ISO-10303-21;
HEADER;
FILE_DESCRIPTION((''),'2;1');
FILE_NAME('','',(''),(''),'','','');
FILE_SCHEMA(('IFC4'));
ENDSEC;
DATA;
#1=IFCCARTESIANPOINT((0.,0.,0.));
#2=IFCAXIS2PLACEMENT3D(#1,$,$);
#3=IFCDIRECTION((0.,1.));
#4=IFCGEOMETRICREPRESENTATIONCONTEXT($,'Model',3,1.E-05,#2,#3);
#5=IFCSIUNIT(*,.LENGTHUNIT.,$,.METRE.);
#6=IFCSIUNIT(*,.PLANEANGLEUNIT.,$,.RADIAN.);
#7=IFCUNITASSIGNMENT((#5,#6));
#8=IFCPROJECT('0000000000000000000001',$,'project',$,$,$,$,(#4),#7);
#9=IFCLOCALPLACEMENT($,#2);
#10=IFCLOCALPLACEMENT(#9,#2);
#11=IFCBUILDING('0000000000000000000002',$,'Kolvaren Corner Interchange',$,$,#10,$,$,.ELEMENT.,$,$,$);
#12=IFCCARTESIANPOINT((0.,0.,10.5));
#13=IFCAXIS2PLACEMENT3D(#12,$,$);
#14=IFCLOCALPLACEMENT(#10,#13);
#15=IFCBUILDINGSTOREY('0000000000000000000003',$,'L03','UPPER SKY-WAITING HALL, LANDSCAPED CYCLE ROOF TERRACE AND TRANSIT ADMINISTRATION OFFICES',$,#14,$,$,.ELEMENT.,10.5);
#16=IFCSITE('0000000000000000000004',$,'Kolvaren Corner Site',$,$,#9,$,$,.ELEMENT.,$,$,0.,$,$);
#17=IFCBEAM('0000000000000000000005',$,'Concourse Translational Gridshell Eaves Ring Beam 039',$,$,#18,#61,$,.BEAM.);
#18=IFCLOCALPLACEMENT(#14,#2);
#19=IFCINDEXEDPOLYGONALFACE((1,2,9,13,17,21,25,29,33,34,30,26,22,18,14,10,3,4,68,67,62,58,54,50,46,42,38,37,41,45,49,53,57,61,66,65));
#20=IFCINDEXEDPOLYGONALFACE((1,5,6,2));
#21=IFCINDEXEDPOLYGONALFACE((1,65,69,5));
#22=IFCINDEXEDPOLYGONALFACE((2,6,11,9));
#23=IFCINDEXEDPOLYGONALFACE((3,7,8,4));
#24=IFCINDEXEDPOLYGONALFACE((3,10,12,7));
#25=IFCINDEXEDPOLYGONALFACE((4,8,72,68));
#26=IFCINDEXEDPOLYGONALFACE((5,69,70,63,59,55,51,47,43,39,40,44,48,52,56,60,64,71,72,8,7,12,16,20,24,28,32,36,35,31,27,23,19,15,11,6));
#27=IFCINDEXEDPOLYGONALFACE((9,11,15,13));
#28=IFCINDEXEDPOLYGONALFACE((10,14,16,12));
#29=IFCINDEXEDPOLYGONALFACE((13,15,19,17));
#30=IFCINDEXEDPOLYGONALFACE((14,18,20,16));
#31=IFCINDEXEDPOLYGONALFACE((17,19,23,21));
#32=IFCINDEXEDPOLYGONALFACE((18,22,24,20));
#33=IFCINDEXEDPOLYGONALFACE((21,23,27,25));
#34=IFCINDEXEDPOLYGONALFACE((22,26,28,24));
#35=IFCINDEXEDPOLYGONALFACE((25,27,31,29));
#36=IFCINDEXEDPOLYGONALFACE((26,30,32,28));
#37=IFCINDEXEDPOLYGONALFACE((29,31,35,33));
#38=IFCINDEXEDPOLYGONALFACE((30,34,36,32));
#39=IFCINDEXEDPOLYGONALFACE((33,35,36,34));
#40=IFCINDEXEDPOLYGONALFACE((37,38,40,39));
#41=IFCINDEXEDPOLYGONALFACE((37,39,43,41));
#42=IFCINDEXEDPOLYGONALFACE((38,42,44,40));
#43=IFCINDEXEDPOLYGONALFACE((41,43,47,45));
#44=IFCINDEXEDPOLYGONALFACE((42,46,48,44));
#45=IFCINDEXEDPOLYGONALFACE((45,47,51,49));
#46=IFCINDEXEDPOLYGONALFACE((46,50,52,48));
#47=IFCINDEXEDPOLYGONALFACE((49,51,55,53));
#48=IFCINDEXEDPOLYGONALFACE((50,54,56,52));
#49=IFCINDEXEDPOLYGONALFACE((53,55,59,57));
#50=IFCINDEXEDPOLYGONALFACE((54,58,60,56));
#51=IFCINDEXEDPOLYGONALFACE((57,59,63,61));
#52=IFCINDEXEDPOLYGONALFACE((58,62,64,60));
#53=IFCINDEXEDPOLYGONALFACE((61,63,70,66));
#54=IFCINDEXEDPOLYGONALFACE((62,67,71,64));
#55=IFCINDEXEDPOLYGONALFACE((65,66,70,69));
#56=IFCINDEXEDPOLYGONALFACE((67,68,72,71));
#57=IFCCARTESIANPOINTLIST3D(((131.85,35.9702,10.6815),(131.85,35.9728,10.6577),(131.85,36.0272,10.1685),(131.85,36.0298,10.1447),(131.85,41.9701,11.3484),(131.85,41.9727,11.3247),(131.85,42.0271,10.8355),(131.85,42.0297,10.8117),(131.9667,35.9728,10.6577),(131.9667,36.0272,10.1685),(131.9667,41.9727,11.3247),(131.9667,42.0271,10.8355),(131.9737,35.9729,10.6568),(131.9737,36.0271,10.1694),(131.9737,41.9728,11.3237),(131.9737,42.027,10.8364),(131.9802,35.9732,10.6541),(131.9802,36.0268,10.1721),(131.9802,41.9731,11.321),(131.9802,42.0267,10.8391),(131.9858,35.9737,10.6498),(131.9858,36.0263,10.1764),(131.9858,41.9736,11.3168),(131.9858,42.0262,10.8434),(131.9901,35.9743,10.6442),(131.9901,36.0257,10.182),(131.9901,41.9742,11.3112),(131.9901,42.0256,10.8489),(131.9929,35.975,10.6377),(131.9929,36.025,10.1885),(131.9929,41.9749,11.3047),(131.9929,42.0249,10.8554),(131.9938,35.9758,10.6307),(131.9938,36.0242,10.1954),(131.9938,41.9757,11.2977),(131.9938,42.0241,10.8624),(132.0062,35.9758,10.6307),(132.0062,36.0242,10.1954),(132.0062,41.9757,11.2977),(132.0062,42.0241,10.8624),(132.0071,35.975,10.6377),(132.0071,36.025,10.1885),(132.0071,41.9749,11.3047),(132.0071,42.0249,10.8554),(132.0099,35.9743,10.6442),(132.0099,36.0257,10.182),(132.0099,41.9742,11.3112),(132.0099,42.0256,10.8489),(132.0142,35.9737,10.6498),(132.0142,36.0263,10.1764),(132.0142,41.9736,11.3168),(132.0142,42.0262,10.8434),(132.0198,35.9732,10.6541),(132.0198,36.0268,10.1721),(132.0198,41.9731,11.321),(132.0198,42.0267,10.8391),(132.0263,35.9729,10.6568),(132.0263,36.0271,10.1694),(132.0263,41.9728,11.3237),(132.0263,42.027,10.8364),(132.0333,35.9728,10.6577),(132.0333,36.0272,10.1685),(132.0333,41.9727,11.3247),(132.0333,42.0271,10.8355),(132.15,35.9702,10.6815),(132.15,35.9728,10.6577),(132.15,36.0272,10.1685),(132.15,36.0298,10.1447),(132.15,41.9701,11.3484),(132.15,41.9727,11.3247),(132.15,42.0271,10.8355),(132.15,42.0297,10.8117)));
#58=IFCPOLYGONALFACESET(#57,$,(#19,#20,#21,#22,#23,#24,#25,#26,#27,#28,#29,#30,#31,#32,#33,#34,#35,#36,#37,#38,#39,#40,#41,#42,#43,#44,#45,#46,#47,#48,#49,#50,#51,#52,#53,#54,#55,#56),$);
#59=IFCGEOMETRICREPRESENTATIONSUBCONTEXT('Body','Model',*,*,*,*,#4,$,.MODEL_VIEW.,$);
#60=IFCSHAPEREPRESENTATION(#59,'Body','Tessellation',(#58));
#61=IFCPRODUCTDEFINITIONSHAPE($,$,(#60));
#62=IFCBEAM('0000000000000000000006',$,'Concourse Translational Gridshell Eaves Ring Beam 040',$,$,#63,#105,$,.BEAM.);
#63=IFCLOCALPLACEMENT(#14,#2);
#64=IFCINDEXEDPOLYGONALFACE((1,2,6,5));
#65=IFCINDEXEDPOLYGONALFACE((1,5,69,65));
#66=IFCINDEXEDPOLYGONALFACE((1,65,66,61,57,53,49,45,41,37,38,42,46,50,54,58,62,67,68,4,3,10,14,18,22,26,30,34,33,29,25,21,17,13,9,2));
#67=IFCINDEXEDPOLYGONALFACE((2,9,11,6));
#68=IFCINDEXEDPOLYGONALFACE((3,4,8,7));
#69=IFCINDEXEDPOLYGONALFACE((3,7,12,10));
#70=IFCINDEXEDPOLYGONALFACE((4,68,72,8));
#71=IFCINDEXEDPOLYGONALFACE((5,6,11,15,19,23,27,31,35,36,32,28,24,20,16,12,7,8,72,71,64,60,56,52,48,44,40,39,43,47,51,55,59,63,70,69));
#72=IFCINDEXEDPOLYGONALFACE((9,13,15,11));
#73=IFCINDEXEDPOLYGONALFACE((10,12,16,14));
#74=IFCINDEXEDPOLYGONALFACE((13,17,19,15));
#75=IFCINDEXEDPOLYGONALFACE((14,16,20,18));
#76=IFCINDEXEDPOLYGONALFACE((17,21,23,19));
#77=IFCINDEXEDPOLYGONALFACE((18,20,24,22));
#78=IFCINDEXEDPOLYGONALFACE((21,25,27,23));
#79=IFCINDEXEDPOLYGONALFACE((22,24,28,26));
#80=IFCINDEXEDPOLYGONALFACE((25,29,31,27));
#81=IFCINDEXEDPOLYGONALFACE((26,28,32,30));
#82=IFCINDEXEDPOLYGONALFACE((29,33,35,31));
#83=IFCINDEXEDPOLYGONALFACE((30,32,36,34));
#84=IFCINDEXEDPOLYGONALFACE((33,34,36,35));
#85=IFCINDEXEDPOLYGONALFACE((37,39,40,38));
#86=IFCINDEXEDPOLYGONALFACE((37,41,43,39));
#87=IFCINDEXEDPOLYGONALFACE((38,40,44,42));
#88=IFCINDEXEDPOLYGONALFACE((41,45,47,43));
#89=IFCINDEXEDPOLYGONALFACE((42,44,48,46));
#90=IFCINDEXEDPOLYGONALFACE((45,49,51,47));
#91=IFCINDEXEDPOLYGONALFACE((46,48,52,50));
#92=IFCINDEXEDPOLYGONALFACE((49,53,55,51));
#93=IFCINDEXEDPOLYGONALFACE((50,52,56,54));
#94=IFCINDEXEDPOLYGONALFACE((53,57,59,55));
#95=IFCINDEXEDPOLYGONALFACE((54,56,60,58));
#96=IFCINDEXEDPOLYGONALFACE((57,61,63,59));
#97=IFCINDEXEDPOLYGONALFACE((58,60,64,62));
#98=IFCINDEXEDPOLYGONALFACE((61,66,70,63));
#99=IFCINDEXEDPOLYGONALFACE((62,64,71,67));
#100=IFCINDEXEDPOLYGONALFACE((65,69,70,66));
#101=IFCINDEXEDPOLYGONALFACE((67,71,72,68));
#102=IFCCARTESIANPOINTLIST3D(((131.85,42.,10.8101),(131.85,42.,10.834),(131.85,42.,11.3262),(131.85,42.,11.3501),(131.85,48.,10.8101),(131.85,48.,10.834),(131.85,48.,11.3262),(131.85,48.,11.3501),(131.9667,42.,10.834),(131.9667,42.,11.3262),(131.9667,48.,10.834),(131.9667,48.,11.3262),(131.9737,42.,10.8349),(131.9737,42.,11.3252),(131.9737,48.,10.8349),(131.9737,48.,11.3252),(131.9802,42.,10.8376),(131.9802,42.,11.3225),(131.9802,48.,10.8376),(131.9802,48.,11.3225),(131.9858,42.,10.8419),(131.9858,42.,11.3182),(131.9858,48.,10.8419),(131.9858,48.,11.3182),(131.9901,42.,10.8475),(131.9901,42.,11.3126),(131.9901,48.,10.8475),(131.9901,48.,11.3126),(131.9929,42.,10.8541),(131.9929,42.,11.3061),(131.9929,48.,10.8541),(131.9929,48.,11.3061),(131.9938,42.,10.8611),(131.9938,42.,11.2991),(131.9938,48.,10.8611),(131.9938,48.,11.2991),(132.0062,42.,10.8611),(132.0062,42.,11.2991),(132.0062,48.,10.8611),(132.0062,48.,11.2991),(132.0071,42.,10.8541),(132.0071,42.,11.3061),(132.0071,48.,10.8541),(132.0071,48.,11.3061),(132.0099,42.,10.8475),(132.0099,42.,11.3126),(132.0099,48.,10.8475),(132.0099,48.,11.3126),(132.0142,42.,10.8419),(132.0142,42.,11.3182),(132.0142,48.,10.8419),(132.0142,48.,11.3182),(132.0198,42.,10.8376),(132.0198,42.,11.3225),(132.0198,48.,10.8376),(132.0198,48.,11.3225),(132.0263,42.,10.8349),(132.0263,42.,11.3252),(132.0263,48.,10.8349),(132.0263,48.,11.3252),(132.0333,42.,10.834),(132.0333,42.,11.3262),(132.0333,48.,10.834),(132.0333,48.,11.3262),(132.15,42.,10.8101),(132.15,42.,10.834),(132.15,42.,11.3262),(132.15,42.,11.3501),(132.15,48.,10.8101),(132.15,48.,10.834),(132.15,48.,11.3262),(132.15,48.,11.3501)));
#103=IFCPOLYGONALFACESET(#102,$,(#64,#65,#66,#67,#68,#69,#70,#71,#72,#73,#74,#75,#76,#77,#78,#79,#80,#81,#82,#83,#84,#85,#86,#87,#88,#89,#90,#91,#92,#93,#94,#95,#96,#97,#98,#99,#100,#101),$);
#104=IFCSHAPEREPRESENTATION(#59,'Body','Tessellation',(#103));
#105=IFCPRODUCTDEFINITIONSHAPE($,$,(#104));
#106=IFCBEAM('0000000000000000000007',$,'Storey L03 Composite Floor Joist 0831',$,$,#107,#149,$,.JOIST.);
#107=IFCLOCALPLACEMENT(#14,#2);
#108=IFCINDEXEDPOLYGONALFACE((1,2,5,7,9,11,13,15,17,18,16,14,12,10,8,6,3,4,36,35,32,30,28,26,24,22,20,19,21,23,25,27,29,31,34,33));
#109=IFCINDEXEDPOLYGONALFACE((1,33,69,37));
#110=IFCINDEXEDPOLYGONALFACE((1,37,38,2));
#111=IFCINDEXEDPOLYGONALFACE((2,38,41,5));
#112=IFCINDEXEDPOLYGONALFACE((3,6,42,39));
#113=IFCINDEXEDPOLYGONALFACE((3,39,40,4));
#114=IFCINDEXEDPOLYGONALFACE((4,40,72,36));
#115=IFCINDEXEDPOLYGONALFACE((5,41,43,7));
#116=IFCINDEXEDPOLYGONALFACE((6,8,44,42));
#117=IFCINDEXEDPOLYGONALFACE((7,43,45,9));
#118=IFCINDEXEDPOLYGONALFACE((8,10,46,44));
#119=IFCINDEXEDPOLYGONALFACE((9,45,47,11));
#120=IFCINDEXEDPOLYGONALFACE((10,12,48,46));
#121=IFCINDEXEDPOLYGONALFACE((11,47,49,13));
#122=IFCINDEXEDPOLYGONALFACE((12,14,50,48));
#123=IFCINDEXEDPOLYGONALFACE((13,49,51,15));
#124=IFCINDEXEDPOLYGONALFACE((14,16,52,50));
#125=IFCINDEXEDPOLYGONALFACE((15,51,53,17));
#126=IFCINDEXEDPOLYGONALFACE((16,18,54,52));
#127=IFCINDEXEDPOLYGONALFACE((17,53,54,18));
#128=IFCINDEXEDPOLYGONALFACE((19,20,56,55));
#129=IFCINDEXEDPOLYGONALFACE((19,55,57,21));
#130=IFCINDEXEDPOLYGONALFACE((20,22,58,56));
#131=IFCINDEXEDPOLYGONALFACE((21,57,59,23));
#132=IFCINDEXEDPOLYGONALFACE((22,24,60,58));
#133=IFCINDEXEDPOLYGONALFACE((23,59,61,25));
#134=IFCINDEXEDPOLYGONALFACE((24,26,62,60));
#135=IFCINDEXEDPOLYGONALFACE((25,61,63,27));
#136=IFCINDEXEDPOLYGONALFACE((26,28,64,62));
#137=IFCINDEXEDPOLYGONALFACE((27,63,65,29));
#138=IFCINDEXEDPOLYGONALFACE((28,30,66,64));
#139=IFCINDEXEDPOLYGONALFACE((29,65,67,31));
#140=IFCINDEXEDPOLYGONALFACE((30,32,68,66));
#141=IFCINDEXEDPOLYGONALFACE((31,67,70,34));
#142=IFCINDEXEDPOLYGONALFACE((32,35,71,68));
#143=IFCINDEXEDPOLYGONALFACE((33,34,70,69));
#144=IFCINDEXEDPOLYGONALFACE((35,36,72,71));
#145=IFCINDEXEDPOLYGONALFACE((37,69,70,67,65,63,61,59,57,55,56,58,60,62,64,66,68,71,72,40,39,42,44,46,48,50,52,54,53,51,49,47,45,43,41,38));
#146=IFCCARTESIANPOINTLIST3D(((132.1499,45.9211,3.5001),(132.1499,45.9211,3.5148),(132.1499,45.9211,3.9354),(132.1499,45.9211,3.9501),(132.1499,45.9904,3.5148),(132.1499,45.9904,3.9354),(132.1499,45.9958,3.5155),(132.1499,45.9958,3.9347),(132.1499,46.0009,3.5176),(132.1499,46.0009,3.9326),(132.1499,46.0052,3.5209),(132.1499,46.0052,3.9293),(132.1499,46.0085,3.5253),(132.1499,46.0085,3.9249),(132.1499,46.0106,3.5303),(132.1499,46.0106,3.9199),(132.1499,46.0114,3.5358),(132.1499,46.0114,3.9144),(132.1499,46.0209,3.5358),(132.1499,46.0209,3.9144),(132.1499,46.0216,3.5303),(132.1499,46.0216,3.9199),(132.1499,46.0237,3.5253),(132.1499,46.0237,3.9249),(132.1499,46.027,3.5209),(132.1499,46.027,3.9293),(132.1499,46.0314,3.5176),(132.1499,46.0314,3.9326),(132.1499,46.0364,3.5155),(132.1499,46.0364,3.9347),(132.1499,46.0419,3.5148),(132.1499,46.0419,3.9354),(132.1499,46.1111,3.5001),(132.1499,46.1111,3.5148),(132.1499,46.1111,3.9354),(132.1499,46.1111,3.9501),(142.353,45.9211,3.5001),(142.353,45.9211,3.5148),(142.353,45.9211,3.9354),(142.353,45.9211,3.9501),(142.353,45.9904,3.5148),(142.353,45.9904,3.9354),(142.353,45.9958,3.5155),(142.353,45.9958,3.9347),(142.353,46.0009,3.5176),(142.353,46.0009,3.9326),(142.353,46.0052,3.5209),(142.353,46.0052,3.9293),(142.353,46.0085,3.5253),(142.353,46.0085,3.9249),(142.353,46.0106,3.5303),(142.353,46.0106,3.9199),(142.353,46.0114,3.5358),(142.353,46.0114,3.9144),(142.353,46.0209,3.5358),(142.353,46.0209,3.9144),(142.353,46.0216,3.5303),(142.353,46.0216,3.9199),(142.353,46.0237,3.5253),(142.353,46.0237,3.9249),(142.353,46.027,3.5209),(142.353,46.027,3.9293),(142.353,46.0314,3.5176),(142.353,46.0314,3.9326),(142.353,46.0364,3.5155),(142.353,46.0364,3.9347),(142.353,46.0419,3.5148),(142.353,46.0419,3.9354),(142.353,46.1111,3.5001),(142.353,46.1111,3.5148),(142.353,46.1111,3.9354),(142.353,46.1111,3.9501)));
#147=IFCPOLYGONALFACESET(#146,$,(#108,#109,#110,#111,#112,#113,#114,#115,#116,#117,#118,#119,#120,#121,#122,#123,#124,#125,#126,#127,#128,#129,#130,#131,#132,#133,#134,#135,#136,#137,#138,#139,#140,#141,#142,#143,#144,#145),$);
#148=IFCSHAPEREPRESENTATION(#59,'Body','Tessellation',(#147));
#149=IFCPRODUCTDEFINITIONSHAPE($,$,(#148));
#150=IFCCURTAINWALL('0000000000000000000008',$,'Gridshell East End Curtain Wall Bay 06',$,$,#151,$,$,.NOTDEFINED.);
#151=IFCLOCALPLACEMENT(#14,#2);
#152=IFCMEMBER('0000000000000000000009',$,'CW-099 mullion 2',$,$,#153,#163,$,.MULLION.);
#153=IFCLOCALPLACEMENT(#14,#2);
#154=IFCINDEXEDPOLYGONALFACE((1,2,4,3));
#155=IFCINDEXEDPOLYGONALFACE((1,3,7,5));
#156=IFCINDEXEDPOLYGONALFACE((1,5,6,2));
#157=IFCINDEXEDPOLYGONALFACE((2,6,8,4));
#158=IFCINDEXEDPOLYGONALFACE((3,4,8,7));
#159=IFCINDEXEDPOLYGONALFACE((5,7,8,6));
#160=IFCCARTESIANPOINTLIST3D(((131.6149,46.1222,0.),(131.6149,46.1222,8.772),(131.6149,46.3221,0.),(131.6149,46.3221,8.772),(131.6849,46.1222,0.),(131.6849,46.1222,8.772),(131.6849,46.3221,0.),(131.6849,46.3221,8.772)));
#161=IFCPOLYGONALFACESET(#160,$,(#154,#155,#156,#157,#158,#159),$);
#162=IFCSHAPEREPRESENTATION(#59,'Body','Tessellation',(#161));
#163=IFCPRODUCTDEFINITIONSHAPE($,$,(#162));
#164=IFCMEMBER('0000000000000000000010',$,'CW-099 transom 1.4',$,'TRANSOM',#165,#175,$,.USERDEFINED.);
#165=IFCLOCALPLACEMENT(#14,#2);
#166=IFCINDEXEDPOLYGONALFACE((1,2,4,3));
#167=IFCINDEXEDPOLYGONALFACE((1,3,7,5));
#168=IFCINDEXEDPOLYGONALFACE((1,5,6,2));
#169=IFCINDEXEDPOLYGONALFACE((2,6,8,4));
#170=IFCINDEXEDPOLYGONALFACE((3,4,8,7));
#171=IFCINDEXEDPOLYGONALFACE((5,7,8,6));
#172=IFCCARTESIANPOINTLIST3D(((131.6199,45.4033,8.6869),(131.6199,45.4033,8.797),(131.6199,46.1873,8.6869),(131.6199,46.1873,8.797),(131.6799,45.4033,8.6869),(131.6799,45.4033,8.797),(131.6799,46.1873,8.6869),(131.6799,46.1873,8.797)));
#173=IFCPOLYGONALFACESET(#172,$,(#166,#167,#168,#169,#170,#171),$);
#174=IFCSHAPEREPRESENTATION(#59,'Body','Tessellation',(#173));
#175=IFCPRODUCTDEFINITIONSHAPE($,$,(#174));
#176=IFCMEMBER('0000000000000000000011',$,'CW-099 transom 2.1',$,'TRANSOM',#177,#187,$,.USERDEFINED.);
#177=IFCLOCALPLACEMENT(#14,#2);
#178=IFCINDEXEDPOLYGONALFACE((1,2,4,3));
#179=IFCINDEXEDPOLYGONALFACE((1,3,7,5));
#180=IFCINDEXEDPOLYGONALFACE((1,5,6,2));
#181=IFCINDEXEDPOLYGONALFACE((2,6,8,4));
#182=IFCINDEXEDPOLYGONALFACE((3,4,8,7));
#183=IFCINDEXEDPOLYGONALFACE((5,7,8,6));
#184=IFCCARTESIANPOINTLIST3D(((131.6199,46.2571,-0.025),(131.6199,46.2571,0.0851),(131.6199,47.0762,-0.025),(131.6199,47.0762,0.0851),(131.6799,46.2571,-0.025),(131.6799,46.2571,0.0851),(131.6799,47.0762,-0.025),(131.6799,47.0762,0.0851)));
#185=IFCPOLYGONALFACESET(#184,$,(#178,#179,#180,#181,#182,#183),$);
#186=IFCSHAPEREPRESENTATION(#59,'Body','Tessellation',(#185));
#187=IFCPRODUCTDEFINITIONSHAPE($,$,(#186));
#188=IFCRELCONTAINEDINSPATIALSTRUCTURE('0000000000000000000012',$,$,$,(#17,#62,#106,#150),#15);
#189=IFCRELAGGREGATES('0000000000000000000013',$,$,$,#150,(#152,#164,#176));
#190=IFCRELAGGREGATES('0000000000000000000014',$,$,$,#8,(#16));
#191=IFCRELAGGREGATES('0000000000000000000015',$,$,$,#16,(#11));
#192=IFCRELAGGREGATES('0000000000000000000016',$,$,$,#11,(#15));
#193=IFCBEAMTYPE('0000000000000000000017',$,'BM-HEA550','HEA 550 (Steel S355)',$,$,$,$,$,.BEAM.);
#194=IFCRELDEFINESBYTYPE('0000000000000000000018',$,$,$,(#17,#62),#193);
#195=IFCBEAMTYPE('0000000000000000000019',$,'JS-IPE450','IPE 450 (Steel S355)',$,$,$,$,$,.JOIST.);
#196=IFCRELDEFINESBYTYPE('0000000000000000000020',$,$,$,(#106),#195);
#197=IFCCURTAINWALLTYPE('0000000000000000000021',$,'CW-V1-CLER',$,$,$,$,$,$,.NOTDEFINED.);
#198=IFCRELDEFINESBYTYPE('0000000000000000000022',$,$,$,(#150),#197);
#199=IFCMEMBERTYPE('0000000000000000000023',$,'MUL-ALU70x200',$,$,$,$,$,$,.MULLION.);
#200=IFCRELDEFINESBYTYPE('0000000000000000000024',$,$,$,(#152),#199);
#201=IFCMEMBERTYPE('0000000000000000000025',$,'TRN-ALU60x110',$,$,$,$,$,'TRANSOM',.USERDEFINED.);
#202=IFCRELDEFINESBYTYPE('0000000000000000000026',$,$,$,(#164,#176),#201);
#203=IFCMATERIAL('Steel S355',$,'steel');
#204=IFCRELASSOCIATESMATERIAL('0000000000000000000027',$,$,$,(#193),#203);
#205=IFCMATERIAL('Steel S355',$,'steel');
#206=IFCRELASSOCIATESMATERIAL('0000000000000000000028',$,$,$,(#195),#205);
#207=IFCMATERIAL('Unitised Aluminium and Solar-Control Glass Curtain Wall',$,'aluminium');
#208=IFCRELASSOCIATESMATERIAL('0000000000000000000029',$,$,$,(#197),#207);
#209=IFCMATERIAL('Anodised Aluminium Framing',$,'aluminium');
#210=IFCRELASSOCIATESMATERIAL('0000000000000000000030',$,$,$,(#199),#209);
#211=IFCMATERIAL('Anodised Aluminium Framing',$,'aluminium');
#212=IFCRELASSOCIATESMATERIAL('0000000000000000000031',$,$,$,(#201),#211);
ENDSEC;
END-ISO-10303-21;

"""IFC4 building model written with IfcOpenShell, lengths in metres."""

from ifc_helpers import new_model, si_unit, direction, frame, origin, origin_2d, place, context, subcontext, project, spatial, rectangle, i_section, extrude, material, material_profile, profile_set, type_object, element, aggregate, save


model = new_model("IFC4")

# Units and contexts
model_context = context("Model", 3, precision=1e-05, world=origin(), true_north=direction((0.0, 1.0)))
body_context = subcontext(model_context, "Body", "Model", "MODEL_VIEW")
ifc_project = project(units=[si_unit("LENGTHUNIT", "METRE"), si_unit("PLANEANGLEUNIT", "RADIAN")], contexts=[model_context])

# Site, building, storey
site_placement = place(None, origin())
site = spatial("IfcSite", under=ifc_project, at=site_placement, Name="Kolvaren Corner Site", CompositionType="ELEMENT", RefElevation=0.0)
building_placement = place(site_placement, origin())
building = spatial("IfcBuilding", under=site, at=building_placement, Name="Kolvaren Corner Interchange", CompositionType="ELEMENT")
storey_placement = place(building_placement, frame((0.0, 0.0, 10.5)))
storey = spatial("IfcBuildingStorey", under=building, at=storey_placement, Name="L03", Description="UPPER SKY-WAITING HALL, LANDSCAPED CYCLE ROOF TERRACE AND TRANSIT ADMINISTRATION OFFICES", CompositionType="ELEMENT", Elevation=10.5)

# Beams
ifc_material_1 = material(Name="Steel S355", Category="steel")
ifc_material_profile_1 = material_profile(ifc_material_1, i_section(OverallWidth=0.3, OverallDepth=0.54, WebThickness=0.0125, FlangeThickness=0.0239, FilletRadius=0.0271, at=origin_2d()), Name="HEA 550")
ifc_profile_set_1 = profile_set([ifc_material_profile_1], Name="Steel S355")
beam_type_1 = type_object("IfcBeamType", Name="BM-HEA550", Description="HEA 550 (Steel S355)", PredefinedType="BEAM", material=ifc_profile_set_1)
beam_1_placement = place(storey_placement, frame((132.0, 36.0, 10.4131), z_axis=(0.0, 0.993878, 0.110485), x_axis=(-1.0, 0.0, 0.0)))
element("IfcBeam", 1, at=beam_1_placement, inside=storey, type_object=beam_type_1, Name="Concourse Translational Gridshell Eaves Ring Beam 039", PredefinedType="BEAM", context=body_context, shape_type="SweptSolid", body=[
    extrude(i_section(OverallWidth=0.3, OverallDepth=0.54, WebThickness=0.0125, FlangeThickness=0.0239, FilletRadius=0.0271, at=origin_2d()), origin(), (0.0, 0.0, 1.0), 6.0369),
])
beam_2_placement = place(storey_placement, frame((132.0, 42.0, 11.0801), z_axis=(0.0, 1.0, 0.0), x_axis=(-1.0, 0.0, 0.0)))
element("IfcBeam", 2, at=beam_2_placement, inside=storey, type_object=beam_type_1, Name="Concourse Translational Gridshell Eaves Ring Beam 040", PredefinedType="BEAM", context=body_context, shape_type="SweptSolid", body=[
    extrude(i_section(OverallWidth=0.3, OverallDepth=0.54, WebThickness=0.0125, FlangeThickness=0.0239, FilletRadius=0.0271, at=origin_2d()), origin(), (0.0, 0.0, 1.0), 6.0),
])
ifc_material_2 = material(Name="Steel S355", Category="steel")
ifc_material_profile_2 = material_profile(ifc_material_2, i_section(OverallWidth=0.1899, OverallDepth=0.45, WebThickness=0.0095, FlangeThickness=0.0146, FilletRadius=0.021, at=origin_2d()), Name="IPE 450")
ifc_profile_set_2 = profile_set([ifc_material_profile_2], Name="Steel S355")
beam_type_2 = type_object("IfcBeamType", Name="JS-IPE450", Description="IPE 450 (Steel S355)", PredefinedType="JOIST", material=ifc_profile_set_2)
beam_3_placement = place(storey_placement, frame((132.1499, 46.0161, 3.7251), z_axis=(1.0, 0.0, 0.0), x_axis=(0.0, 1.0, 0.0)))
element("IfcBeam", 3, at=beam_3_placement, inside=storey, type_object=beam_type_2, Name="Storey L03 Composite Floor Joist 0831", PredefinedType="JOIST", context=body_context, shape_type="SweptSolid", body=[
    extrude(i_section(OverallWidth=0.1899, OverallDepth=0.45, WebThickness=0.0095, FlangeThickness=0.0146, FilletRadius=0.021, at=origin_2d()), origin(), (0.0, 0.0, 1.0), 10.2031),
])

# Curtain wall, members
ifc_material_3 = material(Name="Unitised Aluminium and Solar-Control Glass Curtain Wall", Category="aluminium")
curtain_wall_type = type_object("IfcCurtainWallType", Name="CW-V1-CLER", PredefinedType="NOTDEFINED", material=ifc_material_3)
curtain_wall_placement = place(storey_placement, origin())
curtain_wall = element("IfcCurtainWall", 4, at=curtain_wall_placement, inside=storey, type_object=curtain_wall_type, Name="Gridshell East End Curtain Wall Bay 06", PredefinedType="NOTDEFINED")
ifc_material_4 = material(Name="Anodised Aluminium Framing", Category="aluminium")
ifc_material_profile_3 = material_profile(ifc_material_4, rectangle(XDim=0.0701, YDim=0.2, at=origin_2d()), Name="ALU 70x200")
ifc_profile_set_3 = profile_set([ifc_material_profile_3], Name="Anodised Aluminium Framing")
member_type_1 = type_object("IfcMemberType", Name="MUL-ALU70x200", PredefinedType="MULLION", material=ifc_profile_set_3)
member_1_placement = place(storey_placement, frame((131.6499, 46.2222, 0.0), z_axis=(0.0, 0.0, 1.0), x_axis=(-1.0, 0.0, 0.0)))
member_1 = element("IfcMember", 5, at=member_1_placement, type_object=member_type_1, Name="CW-099 mullion 2", PredefinedType="MULLION", context=body_context, shape_type="SweptSolid", body=[
    extrude(rectangle(XDim=0.0701, YDim=0.2, at=origin_2d()), origin(), (0.0, 0.0, 1.0), 8.772),
])
ifc_material_5 = material(Name="Anodised Aluminium Framing", Category="aluminium")
ifc_material_profile_4 = material_profile(ifc_material_5, rectangle(XDim=0.0601, YDim=0.1101, at=origin_2d()), Name="ALU 60x110")
ifc_profile_set_4 = profile_set([ifc_material_profile_4], Name="Anodised Aluminium Framing")
member_type_2 = type_object("IfcMemberType", Name="TRN-ALU60x110", ElementType="TRANSOM", PredefinedType="USERDEFINED", material=ifc_profile_set_4)
member_2_placement = place(storey_placement, frame((131.6499, 45.4033, 8.7419), z_axis=(0.0, 1.0, 0.0), x_axis=(-1.0, 0.0, 0.0)))
member_2 = element("IfcMember", 6, at=member_2_placement, type_object=member_type_2, Name="CW-099 transom 1.4", ObjectType="TRANSOM", PredefinedType="USERDEFINED", context=body_context, shape_type="SweptSolid", body=[
    extrude(rectangle(XDim=0.0601, YDim=0.1101, at=origin_2d()), origin(), (0.0, 0.0, 1.0), 0.7839),
])
member_3_placement = place(storey_placement, frame((131.6499, 46.2571, 0.03), z_axis=(0.0, 1.0, 0.0), x_axis=(-1.0, 0.0, 0.0)))
member_3 = element("IfcMember", 7, at=member_3_placement, type_object=member_type_2, Name="CW-099 transom 2.1", ObjectType="TRANSOM", PredefinedType="USERDEFINED", context=body_context, shape_type="SweptSolid", body=[
    extrude(rectangle(XDim=0.0601, YDim=0.1101, at=origin_2d()), origin(), (0.0, 0.0, 1.0), 0.8191),
])
aggregate(curtain_wall, [member_1, member_2, member_3])

save(model, "model.ifc")
